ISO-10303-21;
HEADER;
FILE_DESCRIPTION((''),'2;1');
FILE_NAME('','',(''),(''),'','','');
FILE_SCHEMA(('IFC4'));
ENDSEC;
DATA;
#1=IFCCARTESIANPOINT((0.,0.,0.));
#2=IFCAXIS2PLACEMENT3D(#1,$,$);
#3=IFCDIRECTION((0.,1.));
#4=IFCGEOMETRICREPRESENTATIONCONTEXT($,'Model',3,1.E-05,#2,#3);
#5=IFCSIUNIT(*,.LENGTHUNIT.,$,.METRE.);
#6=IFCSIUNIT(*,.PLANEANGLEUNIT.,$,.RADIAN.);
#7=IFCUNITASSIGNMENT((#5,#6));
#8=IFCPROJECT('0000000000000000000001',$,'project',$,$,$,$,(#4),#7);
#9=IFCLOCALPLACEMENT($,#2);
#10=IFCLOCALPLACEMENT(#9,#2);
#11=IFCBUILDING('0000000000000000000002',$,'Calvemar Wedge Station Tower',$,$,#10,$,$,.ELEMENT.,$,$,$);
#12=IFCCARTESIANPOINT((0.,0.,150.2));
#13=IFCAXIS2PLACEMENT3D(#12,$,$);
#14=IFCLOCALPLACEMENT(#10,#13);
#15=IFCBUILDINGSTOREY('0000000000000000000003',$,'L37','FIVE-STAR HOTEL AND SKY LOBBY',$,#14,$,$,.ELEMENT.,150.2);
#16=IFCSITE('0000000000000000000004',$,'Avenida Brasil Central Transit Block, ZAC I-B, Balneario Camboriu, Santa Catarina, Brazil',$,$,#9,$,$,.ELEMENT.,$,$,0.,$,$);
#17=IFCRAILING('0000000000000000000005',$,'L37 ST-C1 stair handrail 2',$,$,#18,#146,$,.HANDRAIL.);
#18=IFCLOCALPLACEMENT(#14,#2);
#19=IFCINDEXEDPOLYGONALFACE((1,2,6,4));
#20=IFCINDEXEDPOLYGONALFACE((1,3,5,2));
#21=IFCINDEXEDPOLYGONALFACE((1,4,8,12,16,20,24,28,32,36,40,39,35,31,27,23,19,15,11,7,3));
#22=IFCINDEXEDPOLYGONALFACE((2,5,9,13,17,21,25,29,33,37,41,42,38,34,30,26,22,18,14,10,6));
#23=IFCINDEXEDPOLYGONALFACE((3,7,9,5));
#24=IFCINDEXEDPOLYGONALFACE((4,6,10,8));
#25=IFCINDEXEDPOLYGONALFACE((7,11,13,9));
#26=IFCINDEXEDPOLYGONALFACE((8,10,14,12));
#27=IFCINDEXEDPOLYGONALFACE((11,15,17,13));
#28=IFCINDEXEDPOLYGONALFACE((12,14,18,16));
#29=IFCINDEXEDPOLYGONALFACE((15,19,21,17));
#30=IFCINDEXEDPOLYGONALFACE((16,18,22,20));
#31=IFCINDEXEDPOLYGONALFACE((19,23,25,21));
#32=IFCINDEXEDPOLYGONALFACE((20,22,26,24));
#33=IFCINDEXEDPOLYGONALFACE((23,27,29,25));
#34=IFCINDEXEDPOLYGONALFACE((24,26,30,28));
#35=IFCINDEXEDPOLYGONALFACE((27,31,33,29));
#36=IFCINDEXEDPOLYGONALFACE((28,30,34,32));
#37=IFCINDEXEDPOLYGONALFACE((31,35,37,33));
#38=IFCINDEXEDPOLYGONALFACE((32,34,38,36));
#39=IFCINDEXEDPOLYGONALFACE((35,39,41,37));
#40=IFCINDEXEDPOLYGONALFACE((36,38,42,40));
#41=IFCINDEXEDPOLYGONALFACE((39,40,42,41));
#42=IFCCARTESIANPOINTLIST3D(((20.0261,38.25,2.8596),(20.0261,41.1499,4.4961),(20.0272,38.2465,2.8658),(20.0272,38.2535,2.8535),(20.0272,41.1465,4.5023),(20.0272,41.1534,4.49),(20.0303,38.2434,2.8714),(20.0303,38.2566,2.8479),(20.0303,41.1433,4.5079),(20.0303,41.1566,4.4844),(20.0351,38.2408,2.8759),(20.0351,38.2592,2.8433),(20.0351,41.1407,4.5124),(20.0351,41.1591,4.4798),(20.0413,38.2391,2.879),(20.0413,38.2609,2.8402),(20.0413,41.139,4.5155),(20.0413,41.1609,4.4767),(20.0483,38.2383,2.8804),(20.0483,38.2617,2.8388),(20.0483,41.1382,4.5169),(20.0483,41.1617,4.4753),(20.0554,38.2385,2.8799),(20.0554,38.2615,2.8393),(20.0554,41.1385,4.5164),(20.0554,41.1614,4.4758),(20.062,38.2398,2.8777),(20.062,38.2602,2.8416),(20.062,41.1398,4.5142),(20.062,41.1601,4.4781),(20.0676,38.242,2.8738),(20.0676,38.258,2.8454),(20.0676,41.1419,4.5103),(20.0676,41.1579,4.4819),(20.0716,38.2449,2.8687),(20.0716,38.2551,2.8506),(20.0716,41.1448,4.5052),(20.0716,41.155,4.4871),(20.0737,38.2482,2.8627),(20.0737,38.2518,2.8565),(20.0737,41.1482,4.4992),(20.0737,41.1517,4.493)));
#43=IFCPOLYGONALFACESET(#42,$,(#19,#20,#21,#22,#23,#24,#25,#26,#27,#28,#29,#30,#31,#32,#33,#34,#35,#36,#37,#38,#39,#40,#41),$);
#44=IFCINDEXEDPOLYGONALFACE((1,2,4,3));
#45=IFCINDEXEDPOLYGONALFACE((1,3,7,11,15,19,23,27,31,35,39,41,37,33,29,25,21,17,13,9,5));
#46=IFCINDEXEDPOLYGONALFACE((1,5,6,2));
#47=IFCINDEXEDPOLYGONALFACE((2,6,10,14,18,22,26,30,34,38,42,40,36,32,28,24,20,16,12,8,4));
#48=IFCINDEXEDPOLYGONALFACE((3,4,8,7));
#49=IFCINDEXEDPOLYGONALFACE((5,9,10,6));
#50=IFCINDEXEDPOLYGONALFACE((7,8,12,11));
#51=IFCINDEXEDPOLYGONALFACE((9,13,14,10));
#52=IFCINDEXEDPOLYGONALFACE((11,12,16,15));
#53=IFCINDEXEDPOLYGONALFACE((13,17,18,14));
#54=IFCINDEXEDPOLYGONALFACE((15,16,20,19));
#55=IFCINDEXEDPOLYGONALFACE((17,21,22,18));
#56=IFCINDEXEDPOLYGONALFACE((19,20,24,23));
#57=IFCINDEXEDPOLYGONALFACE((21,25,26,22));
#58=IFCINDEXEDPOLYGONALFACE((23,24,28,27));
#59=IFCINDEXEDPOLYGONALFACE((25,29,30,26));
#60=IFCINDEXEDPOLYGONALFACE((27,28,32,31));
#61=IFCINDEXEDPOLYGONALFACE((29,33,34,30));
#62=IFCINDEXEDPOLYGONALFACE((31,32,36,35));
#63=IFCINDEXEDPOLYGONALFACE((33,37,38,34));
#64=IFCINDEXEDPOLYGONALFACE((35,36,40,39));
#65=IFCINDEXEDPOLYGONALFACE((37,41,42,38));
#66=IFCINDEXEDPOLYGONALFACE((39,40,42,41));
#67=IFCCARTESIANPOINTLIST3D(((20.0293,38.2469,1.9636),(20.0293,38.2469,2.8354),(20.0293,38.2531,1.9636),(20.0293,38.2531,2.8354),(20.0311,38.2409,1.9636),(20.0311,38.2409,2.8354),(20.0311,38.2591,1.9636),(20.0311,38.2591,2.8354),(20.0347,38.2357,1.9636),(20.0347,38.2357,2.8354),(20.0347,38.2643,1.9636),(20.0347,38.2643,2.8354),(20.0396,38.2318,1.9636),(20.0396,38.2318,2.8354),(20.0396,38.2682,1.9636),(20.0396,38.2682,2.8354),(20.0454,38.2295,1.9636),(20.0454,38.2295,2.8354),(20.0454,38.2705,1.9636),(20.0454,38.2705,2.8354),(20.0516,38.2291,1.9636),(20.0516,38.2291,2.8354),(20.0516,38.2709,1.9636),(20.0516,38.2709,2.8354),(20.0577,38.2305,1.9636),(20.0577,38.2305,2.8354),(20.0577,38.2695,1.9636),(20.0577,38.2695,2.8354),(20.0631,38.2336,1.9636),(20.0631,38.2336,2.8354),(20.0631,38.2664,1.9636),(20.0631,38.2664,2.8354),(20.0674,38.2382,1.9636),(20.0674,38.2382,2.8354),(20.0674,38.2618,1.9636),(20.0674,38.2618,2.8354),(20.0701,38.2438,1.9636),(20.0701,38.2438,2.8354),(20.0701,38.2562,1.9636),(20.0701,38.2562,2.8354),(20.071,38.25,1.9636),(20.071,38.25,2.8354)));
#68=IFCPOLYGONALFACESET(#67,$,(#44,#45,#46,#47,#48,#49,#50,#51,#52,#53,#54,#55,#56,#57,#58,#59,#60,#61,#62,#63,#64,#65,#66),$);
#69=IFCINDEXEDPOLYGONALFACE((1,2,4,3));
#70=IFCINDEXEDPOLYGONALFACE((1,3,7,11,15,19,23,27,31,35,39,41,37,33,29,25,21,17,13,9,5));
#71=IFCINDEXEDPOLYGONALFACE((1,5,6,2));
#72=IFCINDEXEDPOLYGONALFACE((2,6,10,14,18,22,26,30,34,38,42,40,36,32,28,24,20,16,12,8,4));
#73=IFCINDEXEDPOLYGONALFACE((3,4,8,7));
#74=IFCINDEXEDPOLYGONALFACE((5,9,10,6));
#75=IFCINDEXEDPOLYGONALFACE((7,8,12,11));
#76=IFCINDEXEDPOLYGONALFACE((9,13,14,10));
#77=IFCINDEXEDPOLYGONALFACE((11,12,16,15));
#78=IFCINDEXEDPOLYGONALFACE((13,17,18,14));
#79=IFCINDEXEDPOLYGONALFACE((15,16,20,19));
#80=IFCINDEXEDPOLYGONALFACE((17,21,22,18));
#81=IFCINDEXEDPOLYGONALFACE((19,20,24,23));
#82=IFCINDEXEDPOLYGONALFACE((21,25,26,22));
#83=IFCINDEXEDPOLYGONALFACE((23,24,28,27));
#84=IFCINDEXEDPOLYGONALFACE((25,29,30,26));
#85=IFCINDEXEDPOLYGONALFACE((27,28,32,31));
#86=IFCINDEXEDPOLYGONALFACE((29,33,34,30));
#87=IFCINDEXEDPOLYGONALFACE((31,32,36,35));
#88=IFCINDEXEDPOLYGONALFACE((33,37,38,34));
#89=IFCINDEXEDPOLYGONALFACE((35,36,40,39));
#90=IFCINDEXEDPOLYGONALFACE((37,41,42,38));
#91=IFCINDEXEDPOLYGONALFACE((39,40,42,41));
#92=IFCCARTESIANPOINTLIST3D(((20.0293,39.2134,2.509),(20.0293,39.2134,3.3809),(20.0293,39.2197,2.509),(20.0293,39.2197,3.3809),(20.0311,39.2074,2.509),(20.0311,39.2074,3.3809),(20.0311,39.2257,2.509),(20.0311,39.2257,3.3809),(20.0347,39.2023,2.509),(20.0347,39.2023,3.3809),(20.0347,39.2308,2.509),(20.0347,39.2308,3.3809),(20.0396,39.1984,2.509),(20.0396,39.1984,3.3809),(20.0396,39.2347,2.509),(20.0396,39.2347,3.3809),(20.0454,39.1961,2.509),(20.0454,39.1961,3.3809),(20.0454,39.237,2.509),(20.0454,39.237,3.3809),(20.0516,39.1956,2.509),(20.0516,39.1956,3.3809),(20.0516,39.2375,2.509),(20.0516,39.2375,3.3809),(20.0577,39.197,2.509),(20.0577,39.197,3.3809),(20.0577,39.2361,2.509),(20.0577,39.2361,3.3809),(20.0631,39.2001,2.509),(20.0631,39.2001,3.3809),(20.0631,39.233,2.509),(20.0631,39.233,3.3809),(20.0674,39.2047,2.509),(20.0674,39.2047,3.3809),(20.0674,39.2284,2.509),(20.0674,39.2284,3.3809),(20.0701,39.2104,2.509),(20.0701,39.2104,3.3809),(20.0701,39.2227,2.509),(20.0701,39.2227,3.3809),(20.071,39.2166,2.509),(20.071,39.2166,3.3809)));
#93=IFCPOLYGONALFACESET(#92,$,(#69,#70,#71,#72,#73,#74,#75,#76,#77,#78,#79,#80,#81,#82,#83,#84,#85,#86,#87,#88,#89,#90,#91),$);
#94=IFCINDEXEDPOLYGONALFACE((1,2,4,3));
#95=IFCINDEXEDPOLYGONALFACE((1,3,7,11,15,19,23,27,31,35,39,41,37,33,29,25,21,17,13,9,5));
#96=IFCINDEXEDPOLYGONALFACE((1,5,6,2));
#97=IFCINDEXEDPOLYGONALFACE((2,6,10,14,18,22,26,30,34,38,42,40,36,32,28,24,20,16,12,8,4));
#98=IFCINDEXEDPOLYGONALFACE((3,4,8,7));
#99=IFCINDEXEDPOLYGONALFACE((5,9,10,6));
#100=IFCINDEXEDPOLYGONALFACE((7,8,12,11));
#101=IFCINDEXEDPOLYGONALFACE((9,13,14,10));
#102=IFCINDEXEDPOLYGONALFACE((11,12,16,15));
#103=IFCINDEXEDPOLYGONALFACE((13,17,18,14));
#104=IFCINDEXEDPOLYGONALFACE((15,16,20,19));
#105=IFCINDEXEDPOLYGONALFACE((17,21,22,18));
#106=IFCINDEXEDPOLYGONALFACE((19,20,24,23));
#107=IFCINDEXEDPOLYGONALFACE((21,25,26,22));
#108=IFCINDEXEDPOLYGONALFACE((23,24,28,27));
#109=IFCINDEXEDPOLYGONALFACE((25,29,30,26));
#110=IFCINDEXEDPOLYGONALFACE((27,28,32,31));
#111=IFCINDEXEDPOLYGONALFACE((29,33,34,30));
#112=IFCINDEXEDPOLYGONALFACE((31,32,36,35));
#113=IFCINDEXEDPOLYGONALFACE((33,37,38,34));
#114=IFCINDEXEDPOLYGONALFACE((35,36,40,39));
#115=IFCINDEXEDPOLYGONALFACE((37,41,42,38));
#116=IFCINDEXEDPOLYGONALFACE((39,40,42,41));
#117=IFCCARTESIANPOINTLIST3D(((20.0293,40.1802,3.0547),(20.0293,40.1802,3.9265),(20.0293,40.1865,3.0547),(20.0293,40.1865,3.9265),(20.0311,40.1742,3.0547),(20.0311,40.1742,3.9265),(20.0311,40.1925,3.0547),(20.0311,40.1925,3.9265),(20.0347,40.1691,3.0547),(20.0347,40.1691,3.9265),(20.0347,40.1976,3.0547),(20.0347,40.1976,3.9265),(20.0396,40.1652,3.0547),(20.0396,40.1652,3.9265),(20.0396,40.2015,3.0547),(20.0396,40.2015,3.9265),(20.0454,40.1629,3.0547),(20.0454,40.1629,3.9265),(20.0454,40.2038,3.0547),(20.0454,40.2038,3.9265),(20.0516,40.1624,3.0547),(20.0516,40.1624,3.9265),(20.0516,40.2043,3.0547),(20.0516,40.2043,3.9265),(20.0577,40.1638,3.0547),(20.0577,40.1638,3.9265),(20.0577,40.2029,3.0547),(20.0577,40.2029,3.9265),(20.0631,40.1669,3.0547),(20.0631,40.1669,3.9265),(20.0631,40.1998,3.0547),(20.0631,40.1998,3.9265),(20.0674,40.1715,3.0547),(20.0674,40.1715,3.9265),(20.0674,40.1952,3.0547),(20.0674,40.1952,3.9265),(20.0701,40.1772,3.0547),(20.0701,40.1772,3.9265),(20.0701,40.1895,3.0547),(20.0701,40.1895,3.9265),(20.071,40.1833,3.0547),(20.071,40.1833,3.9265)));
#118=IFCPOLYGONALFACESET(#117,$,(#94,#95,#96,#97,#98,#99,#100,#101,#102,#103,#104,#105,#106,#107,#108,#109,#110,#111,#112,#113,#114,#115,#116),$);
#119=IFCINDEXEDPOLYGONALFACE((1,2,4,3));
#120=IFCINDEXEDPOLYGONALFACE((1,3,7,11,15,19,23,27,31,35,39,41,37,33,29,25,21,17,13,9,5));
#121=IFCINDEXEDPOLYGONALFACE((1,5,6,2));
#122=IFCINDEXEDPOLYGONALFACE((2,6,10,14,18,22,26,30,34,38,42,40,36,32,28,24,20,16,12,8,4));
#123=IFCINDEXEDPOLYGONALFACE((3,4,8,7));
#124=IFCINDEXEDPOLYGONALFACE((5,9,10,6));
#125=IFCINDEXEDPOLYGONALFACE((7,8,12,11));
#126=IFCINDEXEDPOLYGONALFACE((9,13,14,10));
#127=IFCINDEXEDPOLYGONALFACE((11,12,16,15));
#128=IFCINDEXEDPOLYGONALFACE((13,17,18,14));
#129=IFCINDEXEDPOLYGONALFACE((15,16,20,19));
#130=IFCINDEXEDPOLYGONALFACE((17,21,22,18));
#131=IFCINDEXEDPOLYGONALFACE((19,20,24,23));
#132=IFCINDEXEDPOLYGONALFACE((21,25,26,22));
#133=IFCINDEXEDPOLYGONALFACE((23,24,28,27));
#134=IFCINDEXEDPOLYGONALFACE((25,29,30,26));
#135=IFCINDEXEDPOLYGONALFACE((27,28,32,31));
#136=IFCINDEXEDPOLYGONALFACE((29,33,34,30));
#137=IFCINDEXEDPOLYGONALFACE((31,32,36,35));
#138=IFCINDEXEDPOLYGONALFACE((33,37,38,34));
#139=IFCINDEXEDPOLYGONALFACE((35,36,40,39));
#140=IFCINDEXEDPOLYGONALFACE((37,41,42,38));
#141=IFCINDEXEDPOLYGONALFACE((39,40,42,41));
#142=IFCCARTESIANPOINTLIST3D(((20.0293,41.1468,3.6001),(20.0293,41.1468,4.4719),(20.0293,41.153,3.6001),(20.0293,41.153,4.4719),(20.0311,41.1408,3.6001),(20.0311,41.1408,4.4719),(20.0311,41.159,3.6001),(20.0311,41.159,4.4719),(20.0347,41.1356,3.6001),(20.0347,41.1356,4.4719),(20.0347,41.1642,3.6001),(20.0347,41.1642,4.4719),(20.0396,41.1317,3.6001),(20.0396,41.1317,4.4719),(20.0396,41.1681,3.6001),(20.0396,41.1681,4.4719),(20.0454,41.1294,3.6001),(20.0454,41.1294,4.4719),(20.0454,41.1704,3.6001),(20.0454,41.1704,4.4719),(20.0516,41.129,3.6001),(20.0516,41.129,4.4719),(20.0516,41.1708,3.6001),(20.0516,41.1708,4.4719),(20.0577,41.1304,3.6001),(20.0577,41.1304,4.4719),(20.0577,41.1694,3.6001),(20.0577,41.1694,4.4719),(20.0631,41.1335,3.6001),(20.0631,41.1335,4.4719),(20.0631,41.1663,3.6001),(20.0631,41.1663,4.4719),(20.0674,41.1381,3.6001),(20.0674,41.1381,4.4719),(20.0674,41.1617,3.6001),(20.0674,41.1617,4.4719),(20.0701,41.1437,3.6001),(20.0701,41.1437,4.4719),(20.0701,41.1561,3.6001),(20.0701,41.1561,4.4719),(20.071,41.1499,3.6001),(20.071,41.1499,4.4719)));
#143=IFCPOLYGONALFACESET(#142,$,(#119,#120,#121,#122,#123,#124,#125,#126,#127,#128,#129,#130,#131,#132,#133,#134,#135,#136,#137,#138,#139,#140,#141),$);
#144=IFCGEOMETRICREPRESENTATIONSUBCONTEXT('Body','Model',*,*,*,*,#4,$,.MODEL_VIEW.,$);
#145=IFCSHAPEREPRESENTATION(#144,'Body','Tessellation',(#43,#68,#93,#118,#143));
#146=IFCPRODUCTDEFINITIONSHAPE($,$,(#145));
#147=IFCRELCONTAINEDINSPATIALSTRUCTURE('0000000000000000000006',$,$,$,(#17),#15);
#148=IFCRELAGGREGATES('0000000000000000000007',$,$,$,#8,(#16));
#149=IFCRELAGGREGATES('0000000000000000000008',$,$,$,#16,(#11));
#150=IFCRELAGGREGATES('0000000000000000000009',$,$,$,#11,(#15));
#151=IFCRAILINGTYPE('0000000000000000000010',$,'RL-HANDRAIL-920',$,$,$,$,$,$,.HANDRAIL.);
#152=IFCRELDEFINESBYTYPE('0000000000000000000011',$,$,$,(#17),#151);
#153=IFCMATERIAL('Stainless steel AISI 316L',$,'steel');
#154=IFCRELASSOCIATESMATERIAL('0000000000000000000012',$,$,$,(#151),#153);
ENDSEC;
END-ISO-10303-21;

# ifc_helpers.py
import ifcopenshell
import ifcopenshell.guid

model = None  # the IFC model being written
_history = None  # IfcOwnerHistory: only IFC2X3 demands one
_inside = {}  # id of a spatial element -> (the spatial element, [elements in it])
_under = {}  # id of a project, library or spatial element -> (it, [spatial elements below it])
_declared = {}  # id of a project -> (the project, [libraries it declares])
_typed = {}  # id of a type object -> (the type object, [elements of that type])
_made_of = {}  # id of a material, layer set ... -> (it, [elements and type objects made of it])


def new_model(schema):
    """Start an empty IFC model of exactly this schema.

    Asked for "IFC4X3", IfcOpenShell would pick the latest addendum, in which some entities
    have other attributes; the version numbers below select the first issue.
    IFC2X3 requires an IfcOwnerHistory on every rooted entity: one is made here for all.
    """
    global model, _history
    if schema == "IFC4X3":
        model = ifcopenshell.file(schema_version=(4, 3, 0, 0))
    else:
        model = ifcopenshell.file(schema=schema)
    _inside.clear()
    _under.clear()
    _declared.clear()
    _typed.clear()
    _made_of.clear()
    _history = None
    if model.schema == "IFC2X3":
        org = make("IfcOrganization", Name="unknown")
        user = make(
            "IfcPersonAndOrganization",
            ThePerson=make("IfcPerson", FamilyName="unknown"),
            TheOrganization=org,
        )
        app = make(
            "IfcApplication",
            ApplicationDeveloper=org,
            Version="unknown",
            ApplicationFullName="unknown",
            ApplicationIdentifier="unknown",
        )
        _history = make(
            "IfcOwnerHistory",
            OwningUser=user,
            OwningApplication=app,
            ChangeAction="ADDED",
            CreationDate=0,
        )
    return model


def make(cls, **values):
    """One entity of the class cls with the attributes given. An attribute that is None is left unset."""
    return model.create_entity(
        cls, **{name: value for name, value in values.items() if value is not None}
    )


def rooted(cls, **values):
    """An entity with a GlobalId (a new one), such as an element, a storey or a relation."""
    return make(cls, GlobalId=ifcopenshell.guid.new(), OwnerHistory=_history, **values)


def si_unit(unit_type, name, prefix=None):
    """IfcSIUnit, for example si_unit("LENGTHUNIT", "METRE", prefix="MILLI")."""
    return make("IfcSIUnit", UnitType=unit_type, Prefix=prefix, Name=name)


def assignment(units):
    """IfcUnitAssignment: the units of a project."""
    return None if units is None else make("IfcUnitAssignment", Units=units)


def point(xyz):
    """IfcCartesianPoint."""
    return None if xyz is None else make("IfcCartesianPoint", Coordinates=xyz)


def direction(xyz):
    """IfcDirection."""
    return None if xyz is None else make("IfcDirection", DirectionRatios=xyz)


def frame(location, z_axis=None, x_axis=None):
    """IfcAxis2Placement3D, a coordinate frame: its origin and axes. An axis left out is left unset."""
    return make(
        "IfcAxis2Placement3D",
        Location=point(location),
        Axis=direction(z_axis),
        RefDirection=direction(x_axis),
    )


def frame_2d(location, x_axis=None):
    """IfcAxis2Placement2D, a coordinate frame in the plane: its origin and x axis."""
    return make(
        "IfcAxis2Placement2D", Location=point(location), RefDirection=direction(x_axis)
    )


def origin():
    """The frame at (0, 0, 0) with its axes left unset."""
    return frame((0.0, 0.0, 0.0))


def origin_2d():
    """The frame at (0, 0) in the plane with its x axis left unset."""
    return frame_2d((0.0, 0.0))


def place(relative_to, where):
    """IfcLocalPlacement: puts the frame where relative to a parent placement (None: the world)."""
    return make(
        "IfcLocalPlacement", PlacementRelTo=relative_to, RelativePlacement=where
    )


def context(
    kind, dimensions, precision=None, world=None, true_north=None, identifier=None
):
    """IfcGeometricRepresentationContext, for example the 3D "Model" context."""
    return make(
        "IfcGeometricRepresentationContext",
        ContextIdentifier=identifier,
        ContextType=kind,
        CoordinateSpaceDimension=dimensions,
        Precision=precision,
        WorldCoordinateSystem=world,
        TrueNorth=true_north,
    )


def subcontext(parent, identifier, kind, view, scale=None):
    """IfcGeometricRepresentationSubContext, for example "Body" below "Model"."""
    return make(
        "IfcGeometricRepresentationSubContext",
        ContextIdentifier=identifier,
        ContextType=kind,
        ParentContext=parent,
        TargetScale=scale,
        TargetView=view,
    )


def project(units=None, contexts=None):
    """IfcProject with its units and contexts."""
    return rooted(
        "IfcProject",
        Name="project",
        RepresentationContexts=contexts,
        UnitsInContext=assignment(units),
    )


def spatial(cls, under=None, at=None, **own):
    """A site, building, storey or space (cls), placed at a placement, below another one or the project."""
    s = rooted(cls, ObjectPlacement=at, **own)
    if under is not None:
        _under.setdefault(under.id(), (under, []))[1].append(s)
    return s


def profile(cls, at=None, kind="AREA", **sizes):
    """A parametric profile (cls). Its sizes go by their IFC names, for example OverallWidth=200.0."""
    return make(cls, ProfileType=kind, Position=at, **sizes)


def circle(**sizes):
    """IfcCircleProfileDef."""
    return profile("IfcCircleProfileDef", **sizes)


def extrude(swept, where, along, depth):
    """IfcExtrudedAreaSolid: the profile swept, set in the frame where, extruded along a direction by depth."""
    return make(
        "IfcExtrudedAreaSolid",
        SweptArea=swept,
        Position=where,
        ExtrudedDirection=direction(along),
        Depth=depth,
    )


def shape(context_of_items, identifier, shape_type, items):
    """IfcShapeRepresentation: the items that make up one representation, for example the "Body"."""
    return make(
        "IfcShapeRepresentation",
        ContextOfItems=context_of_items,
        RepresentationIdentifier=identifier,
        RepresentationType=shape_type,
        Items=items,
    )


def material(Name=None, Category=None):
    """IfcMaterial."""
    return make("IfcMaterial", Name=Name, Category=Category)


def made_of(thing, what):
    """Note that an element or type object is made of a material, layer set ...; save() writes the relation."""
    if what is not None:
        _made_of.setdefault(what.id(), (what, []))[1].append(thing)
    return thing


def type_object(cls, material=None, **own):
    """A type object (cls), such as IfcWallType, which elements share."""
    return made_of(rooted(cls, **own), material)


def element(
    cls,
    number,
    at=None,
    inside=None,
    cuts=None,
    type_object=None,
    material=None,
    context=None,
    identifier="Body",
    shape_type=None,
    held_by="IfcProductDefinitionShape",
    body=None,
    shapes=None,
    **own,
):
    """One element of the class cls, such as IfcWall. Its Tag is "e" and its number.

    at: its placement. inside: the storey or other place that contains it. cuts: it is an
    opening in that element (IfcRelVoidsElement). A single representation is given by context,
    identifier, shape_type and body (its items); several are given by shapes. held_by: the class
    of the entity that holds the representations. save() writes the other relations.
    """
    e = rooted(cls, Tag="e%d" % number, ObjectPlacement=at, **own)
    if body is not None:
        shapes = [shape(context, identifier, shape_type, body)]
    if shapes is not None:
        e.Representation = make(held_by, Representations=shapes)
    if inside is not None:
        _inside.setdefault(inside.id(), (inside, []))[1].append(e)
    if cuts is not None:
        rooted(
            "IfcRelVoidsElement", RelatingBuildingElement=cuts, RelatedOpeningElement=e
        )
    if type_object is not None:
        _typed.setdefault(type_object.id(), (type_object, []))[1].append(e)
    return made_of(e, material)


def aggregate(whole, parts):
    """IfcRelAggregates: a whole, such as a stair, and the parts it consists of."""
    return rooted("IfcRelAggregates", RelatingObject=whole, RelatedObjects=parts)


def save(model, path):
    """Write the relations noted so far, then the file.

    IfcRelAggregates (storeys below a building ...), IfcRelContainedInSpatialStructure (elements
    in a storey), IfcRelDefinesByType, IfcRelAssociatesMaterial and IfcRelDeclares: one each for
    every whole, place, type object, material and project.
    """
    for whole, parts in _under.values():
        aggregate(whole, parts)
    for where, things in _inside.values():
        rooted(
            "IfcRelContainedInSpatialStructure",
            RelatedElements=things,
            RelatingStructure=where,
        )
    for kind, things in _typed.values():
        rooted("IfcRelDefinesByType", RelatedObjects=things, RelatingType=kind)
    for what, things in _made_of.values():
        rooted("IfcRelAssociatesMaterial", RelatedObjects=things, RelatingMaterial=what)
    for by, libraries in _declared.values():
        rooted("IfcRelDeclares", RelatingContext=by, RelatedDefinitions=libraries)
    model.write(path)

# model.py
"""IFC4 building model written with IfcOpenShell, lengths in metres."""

from ifc_helpers import new_model, si_unit, direction, frame, origin, origin_2d, place, context, subcontext, project, spatial, circle, extrude, material, type_object, element, save


model = new_model("IFC4")

# Units and contexts
model_context = context("Model", 3, precision=1e-05, world=origin(), true_north=direction((0.0, 1.0)))
body_context = subcontext(model_context, "Body", "Model", "MODEL_VIEW")
ifc_project = project(units=[si_unit("LENGTHUNIT", "METRE"), si_unit("PLANEANGLEUNIT", "RADIAN")], contexts=[model_context])

# Site, building, storey
site_placement = place(None, origin())
site = spatial("IfcSite", under=ifc_project, at=site_placement, Name="Avenida Brasil Central Transit Block, ZAC I-B, Balneario Camboriu, Santa Catarina, Brazil", CompositionType="ELEMENT", RefElevation=0.0)
building_placement = place(site_placement, origin())
building = spatial("IfcBuilding", under=site, at=building_placement, Name="Calvemar Wedge Station Tower", CompositionType="ELEMENT")
storey_placement = place(building_placement, frame((0.0, 0.0, 150.2)))
storey = spatial("IfcBuildingStorey", under=building, at=storey_placement, Name="L37", Description="FIVE-STAR HOTEL AND SKY LOBBY", CompositionType="ELEMENT", Elevation=150.2)

# Railing
ifc_material_1 = material(Name="Stainless steel AISI 316L", Category="steel")
railing_type_1 = type_object("IfcRailingType", Name="RL-HANDRAIL-920", PredefinedType="HANDRAIL", material=ifc_material_1)
railing_1_placement = place(storey_placement, frame((20.05, 38.25, 1.9636)))
element("IfcRailing", 1, at=railing_1_placement, inside=storey, type_object=railing_type_1, Name="L37 ST-C1 stair handrail 2", PredefinedType="HANDRAIL", context=body_context, shape_type="SweptSolid", body=[
    extrude(circle(Radius=0.0239, at=origin_2d()), frame((0.0, 0.0, 0.896), z_axis=(0.0, 0.870897, 0.491465), x_axis=(-1.0, 0.0, 0.0)), (0.0, 0.0, 1.0), 3.3298),
    extrude(circle(Radius=0.021, at=origin_2d()), origin(), (0.0, 0.0, 1.0), 0.8718),
    extrude(circle(Radius=0.021, at=origin_2d()), frame((0.0, 0.9666, 0.5454)), (0.0, 0.0, 1.0), 0.8718),
    extrude(circle(Radius=0.021, at=origin_2d()), frame((0.0, 1.9333, 1.0911)), (0.0, 0.0, 1.0), 0.8718),
    extrude(circle(Radius=0.021, at=origin_2d()), frame((0.0, 2.8999, 1.6365)), (0.0, 0.0, 1.0), 0.8718),
])

save(model, "model.ifc")
